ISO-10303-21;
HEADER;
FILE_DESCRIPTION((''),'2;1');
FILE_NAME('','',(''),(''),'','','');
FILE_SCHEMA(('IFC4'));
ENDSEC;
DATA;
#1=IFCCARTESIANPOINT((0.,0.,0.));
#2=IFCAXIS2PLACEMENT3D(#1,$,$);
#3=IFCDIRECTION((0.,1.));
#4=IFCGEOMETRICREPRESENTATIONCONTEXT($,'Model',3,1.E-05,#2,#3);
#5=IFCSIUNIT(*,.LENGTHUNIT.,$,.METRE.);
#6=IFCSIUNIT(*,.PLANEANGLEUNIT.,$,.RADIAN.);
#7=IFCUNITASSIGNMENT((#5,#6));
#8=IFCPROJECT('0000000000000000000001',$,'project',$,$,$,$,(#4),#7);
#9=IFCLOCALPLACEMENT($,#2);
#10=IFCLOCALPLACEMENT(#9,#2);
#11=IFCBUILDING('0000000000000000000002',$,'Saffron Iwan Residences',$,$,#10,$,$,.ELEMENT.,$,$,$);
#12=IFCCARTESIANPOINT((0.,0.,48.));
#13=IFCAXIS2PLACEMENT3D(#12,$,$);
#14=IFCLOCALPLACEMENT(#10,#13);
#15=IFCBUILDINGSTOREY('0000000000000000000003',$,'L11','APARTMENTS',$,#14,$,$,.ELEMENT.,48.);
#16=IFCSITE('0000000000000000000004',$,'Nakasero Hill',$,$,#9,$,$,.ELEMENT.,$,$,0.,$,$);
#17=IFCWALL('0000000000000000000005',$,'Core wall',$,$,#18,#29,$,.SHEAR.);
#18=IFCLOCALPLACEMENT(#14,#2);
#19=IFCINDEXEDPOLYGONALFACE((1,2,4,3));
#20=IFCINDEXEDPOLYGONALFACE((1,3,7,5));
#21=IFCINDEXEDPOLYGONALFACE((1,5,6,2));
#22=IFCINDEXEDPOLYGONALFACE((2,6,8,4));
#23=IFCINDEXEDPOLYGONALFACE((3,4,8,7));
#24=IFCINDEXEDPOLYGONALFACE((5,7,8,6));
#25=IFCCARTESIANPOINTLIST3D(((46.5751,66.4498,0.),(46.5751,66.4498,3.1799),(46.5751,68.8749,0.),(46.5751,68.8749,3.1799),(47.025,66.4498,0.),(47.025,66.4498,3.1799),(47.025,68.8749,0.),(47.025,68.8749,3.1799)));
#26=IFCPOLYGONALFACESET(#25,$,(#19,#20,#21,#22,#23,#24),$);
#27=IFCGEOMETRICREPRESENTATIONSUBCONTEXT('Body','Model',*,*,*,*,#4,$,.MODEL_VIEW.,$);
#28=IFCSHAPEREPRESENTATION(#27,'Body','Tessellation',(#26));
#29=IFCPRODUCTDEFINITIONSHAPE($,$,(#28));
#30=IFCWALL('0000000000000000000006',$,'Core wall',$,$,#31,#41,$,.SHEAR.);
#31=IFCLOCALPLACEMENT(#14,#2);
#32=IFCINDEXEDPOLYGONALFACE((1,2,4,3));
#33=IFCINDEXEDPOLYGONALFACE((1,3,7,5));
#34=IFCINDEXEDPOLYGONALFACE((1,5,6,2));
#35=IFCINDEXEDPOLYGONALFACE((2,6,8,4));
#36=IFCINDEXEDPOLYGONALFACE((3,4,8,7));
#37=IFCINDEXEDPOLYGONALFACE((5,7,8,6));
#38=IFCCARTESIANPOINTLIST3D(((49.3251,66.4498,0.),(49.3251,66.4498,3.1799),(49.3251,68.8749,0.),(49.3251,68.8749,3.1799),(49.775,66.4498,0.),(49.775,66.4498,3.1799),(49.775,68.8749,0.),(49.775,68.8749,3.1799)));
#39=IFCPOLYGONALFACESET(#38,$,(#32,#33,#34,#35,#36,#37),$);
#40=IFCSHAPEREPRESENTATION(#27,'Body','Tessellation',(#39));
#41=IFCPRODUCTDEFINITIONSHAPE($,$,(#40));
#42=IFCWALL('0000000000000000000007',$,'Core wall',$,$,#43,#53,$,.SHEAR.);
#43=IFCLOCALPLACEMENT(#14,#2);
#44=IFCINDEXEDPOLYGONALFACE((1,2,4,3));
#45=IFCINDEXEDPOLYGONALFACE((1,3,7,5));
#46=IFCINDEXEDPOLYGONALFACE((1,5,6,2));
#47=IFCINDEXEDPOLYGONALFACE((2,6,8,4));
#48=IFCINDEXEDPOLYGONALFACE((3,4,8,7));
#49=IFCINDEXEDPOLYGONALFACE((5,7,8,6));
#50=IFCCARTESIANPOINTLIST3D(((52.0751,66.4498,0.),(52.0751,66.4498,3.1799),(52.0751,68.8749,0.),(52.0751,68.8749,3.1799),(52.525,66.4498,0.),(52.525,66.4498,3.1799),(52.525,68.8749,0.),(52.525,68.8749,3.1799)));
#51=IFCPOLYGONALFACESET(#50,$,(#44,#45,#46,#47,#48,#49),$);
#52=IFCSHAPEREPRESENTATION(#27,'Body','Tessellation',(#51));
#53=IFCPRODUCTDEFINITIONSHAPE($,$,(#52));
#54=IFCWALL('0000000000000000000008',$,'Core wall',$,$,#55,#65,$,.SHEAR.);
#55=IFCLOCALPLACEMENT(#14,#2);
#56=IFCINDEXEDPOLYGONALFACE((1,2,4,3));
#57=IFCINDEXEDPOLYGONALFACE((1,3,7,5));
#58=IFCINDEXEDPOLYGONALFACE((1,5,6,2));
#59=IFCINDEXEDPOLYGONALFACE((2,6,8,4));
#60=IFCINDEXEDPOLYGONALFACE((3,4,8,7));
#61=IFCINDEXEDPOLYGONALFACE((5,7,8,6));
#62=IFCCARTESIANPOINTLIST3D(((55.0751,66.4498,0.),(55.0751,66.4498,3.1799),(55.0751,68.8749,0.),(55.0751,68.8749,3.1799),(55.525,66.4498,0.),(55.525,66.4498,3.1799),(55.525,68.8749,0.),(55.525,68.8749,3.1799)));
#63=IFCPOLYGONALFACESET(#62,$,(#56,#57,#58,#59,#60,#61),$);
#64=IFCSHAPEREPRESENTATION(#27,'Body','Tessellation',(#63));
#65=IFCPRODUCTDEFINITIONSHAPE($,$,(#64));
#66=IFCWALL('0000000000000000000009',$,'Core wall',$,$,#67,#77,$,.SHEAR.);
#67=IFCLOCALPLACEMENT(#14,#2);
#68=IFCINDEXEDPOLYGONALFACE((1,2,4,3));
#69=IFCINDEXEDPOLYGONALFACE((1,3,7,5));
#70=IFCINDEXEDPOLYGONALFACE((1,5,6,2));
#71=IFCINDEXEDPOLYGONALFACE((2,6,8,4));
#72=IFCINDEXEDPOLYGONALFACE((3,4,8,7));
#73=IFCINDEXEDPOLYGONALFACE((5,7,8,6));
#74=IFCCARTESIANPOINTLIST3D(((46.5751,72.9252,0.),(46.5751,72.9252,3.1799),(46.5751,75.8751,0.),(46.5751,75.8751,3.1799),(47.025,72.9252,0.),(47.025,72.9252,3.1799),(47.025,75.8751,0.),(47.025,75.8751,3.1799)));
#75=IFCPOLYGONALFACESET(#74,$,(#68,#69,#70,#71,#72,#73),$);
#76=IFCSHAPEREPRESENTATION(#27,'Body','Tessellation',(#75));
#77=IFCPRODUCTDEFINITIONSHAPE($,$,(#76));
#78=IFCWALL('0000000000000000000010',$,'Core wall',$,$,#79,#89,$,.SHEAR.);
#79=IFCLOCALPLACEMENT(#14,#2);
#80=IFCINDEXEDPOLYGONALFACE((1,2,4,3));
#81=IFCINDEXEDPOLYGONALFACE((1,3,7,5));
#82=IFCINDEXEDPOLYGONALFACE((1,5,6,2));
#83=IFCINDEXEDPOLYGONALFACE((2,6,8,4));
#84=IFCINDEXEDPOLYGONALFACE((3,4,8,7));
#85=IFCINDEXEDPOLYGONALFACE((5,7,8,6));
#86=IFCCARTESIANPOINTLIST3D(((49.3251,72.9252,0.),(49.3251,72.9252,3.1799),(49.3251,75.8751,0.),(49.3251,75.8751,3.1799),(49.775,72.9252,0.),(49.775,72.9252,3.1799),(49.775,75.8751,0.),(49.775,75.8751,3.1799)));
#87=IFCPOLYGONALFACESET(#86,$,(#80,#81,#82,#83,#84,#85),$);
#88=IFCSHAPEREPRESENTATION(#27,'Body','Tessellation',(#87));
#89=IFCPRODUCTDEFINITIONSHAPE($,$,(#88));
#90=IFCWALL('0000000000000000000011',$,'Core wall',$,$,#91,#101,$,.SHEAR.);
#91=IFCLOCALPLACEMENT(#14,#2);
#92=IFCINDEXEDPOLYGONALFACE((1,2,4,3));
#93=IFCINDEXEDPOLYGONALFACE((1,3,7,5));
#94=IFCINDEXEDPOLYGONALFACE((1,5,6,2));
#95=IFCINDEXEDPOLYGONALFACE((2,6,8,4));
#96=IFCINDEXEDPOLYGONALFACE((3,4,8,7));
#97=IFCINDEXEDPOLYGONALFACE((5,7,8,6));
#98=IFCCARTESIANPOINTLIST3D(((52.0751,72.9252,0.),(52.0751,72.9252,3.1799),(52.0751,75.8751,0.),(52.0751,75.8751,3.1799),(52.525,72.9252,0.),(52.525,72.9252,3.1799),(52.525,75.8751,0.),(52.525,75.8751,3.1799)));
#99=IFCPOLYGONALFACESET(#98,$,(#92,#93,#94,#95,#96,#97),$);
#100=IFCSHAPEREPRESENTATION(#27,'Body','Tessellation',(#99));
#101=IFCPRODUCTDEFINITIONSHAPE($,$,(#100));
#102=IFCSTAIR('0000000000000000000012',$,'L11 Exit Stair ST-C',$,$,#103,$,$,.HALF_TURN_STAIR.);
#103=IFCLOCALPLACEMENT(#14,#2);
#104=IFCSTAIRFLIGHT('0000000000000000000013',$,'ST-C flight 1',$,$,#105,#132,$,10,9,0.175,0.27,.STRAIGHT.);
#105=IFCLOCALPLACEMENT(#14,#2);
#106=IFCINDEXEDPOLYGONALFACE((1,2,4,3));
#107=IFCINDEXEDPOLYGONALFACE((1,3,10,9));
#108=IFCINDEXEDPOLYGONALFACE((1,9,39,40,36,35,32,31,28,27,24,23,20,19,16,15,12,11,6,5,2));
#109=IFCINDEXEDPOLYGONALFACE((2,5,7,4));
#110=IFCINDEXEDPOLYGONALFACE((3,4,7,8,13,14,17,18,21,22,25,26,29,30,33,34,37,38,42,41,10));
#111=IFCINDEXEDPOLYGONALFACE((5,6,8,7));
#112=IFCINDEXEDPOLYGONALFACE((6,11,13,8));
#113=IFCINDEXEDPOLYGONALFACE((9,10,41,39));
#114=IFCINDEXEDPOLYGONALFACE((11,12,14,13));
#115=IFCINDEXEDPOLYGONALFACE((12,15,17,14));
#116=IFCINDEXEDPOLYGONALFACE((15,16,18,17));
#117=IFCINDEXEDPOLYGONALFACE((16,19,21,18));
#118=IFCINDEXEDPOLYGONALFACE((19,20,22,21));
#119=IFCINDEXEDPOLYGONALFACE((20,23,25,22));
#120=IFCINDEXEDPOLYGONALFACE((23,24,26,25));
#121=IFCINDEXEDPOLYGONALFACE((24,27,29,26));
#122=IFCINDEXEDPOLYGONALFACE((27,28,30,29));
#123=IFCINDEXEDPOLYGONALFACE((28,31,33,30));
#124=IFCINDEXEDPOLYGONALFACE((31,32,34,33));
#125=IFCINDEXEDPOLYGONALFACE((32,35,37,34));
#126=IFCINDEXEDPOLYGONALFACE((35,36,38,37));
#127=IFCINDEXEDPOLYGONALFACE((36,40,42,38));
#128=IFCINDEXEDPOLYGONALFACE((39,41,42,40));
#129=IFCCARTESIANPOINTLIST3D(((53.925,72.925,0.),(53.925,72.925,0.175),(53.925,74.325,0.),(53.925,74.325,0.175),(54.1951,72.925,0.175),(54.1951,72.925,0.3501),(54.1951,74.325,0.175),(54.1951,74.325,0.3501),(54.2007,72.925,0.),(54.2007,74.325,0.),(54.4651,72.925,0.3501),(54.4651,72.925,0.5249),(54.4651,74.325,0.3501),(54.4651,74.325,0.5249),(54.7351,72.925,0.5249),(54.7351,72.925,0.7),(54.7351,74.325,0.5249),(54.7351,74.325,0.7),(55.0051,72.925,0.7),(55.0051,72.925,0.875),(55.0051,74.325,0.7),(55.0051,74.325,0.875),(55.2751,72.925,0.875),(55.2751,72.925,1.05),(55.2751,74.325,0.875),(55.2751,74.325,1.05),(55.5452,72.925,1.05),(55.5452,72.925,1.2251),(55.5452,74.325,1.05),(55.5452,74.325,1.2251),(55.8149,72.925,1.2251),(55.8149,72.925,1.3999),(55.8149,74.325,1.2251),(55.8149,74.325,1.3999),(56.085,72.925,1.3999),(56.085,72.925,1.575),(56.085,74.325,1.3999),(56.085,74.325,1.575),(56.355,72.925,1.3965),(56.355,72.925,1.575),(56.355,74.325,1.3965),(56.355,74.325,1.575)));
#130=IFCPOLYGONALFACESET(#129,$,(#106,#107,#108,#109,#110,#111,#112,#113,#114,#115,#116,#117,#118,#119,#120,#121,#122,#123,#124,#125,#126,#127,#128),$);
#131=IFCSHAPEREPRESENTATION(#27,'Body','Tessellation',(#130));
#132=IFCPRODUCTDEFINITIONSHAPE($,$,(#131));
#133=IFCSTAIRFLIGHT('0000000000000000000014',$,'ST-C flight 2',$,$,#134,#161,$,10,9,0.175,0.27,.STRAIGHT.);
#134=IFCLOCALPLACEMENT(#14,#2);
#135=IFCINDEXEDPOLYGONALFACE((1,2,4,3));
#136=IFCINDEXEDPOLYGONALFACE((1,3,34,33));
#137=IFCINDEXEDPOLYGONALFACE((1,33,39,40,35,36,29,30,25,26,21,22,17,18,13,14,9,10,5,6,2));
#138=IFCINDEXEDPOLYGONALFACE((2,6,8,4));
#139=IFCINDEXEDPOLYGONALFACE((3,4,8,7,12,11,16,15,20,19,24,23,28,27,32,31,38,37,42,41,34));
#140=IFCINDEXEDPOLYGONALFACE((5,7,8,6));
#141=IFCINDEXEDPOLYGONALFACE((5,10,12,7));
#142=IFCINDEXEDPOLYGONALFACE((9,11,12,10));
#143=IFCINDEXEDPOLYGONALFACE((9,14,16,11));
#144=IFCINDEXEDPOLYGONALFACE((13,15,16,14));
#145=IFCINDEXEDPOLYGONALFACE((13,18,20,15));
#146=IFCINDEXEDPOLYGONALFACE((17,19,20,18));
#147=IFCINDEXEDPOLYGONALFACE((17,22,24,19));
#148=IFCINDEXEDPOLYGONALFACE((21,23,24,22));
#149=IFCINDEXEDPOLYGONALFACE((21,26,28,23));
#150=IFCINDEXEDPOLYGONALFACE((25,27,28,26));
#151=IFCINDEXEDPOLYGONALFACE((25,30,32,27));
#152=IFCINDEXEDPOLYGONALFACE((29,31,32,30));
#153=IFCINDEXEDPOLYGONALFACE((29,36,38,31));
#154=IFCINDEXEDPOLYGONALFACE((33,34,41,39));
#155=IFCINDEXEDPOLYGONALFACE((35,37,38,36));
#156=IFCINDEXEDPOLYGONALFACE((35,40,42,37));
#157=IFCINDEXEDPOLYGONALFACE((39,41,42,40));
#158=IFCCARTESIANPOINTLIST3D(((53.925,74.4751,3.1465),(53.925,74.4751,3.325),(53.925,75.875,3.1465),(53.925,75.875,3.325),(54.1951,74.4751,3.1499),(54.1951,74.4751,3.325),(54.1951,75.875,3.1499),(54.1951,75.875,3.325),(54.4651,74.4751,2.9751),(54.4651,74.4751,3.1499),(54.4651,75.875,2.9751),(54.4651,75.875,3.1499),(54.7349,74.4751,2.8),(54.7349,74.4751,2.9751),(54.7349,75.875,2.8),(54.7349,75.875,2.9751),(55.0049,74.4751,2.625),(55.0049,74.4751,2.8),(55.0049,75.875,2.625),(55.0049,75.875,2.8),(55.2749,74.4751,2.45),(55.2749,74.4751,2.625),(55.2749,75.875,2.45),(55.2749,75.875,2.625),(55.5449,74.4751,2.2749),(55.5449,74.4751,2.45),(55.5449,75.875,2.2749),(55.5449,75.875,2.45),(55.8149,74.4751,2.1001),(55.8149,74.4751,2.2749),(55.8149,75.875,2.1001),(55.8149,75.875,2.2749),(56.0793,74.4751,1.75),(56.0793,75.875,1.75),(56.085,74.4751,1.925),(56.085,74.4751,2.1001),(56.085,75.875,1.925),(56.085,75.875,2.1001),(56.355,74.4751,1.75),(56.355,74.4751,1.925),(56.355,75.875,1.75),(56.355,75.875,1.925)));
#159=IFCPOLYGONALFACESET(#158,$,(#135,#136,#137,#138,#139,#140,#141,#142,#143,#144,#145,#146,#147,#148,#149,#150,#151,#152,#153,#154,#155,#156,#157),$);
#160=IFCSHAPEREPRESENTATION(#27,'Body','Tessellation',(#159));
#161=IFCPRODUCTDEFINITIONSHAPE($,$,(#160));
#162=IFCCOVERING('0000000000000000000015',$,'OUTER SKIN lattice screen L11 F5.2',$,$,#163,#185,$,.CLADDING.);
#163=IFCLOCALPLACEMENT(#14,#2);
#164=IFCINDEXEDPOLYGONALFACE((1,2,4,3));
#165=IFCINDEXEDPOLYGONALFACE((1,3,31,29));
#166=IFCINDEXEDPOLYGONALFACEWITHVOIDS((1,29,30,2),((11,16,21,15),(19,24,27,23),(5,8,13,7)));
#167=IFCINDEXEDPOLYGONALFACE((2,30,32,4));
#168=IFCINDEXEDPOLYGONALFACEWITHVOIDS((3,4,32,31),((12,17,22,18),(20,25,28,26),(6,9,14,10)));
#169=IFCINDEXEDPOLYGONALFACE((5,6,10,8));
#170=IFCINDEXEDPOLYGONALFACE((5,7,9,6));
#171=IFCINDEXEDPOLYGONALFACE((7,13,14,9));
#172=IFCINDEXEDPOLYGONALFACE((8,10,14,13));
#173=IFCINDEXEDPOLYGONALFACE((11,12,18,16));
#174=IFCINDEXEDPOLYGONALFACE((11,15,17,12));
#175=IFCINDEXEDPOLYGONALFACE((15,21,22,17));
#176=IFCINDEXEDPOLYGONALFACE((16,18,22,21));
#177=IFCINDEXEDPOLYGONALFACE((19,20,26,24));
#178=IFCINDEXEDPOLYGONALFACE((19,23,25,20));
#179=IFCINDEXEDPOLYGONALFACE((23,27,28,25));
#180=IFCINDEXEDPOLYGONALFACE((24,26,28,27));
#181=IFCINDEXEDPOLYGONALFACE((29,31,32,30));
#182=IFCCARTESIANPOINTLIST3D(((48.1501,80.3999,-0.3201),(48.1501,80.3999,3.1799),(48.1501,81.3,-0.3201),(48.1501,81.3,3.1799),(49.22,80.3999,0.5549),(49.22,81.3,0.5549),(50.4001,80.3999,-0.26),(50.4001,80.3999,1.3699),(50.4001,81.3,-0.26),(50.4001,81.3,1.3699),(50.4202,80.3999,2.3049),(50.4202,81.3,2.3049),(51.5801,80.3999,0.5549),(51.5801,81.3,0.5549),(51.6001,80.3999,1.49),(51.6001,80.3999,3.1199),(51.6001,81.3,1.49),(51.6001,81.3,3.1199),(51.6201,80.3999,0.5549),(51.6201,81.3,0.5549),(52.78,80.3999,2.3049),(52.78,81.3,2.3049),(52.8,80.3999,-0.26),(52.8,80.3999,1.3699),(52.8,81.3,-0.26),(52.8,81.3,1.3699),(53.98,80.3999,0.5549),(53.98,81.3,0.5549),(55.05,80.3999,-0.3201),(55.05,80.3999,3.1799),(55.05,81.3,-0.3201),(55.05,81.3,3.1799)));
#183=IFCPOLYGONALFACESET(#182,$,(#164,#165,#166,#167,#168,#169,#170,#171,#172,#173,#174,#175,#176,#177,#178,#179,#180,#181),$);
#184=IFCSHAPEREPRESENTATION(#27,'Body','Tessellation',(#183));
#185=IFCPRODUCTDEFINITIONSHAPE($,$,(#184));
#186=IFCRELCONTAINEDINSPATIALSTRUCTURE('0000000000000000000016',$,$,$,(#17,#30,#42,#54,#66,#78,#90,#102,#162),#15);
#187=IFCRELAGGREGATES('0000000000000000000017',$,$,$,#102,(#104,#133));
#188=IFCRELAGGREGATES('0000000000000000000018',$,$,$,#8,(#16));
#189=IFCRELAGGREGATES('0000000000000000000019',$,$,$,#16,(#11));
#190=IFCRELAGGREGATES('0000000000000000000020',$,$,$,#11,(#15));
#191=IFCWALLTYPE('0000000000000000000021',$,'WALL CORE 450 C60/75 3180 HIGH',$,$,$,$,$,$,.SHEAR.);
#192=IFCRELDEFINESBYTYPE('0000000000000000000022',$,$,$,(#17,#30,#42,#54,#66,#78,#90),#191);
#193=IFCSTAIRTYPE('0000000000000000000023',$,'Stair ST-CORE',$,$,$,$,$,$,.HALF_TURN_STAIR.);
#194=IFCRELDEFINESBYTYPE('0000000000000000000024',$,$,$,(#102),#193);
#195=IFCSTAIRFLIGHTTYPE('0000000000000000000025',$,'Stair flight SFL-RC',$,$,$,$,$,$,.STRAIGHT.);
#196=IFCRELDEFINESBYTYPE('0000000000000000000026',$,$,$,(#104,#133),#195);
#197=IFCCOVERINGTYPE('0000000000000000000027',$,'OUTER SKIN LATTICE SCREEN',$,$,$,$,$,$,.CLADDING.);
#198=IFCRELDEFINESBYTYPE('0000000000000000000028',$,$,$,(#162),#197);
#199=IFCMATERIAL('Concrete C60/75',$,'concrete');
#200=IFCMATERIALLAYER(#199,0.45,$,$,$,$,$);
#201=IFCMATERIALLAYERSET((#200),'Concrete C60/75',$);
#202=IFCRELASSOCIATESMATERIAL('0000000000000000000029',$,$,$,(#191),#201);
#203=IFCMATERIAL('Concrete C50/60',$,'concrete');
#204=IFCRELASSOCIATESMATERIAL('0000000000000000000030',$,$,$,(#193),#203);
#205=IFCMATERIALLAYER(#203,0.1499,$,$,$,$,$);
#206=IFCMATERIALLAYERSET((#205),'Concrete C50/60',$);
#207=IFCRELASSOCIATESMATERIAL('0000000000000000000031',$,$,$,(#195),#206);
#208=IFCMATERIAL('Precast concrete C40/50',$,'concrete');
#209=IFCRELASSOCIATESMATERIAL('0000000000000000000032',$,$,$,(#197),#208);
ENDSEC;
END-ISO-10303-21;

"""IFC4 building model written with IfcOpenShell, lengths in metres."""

from ifc_helpers import new_model, si_unit, direction, frame, frame_2d, origin, place, context, subcontext, project, spatial, polyline, rectangle, outline, extrude, material, layer, layer_set, type_object, element, aggregate, save


model = new_model("IFC4")

# Units and contexts
model_context = context("Model", 3, precision=1e-05, world=origin(), true_north=direction((0.0, 1.0)))
body_context = subcontext(model_context, "Body", "Model", "MODEL_VIEW")
ifc_project = project(units=[si_unit("LENGTHUNIT", "METRE"), si_unit("PLANEANGLEUNIT", "RADIAN")], contexts=[model_context])

# Site, building, storey
site_placement = place(None, origin())
site = spatial("IfcSite", under=ifc_project, at=site_placement, Name="Nakasero Hill", CompositionType="ELEMENT", RefElevation=0.0)
building_placement = place(site_placement, origin())
building = spatial("IfcBuilding", under=site, at=building_placement, Name="Saffron Iwan Residences", CompositionType="ELEMENT")
storey_placement = place(building_placement, frame((0.0, 0.0, 48.0)))
storey = spatial("IfcBuildingStorey", under=building, at=storey_placement, Name="L11", Description="APARTMENTS", CompositionType="ELEMENT", Elevation=48.0)

# Shared definitions
ifc_material_1 = material(Name="Concrete C60/75", Category="concrete")

# Walls
ifc_layer_1 = layer(ifc_material_1, 0.45)
ifc_layer_set_1 = layer_set([ifc_layer_1], Name="Concrete C60/75")
wall_type_1 = type_object("IfcWallType", Name="WALL CORE 450 C60/75 3180 HIGH", PredefinedType="SHEAR", material=ifc_layer_set_1)
for number, where, z_axis, x_axis, name in (
    (1, (46.8, 66.45, 0.0), (0.0, 0.0, 1.0), (0.0, 1.0, 0.0), "Core wall"),
    (2, (49.55, 66.45, 0.0), (0.0, 0.0, 1.0), (0.0, 1.0, 0.0), "Core wall"),
    (3, (52.3, 66.45, 0.0), (0.0, 0.0, 1.0), (0.0, 1.0, 0.0), "Core wall"),
    (4, (55.3, 66.45, 0.0), (0.0, 0.0, 1.0), (0.0, 1.0, 0.0), "Core wall"),
):
    element("IfcWall", number, at=place(storey_placement, frame(where, z_axis=z_axis, x_axis=x_axis)), inside=storey, type_object=wall_type_1, Name=name, PredefinedType="SHEAR", context=body_context, shape_type="SweptSolid", body=[
        extrude(rectangle(XDim=2.425, YDim=0.45, at=frame_2d((1.2124, 0.0))), origin(), (0.0, 0.0, 1.0), 3.1799),
    ])
for number, where, z_axis, x_axis, name in (
    (5, (46.8, 72.925, 0.0), (0.0, 0.0, 1.0), (0.0, 1.0, 0.0), "Core wall"),
    (6, (49.55, 72.925, 0.0), (0.0, 0.0, 1.0), (0.0, 1.0, 0.0), "Core wall"),
    (7, (52.3, 72.925, 0.0), (0.0, 0.0, 1.0), (0.0, 1.0, 0.0), "Core wall"),
):
    element("IfcWall", number, at=place(storey_placement, frame(where, z_axis=z_axis, x_axis=x_axis)), inside=storey, type_object=wall_type_1, Name=name, PredefinedType="SHEAR", context=body_context, shape_type="SweptSolid", body=[
        extrude(rectangle(XDim=2.95, YDim=0.45, at=frame_2d((1.4751, 0.0))), origin(), (0.0, 0.0, 1.0), 3.1799),
    ])

# Stair, stair flights
ifc_material_2 = material(Name="Concrete C50/60", Category="concrete")
stair_type = type_object("IfcStairType", Name="Stair ST-CORE", PredefinedType="HALF_TURN_STAIR", material=ifc_material_2)
stair_placement = place(storey_placement, origin())
stair = element("IfcStair", 8, at=stair_placement, inside=storey, type_object=stair_type, Name="L11 Exit Stair ST-C", PredefinedType="HALF_TURN_STAIR")
ifc_layer_2 = layer(ifc_material_2, 0.1499)
ifc_layer_set_2 = layer_set([ifc_layer_2], Name="Concrete C50/60")
stair_flight_type = type_object("IfcStairFlightType", Name="Stair flight SFL-RC", PredefinedType="STRAIGHT", material=ifc_layer_set_2)
stair_flight_1_placement = place(storey_placement, frame((53.925, 73.625, 0.0), z_axis=(0.0, 0.0, 1.0), x_axis=(1.0, 0.0, 0.0)))
stair_flight_1 = element("IfcStairFlight", 9, at=stair_flight_1_placement, type_object=stair_flight_type, Name="ST-C flight 1", NumberOfRisers=10, NumberOfTreads=9, PredefinedType="STRAIGHT", RiserHeight=0.175, TreadLength=0.27, context=body_context, shape_type="SweptSolid", body=[
    extrude(outline(polyline([(0.0, 0.0), (0.0, 0.175), (0.27, 0.175), (0.27, 0.3501), (0.54, 0.3501), (0.54, 0.5249), (0.8101, 0.5249), (0.8101, 0.7), (1.0801, 0.7), (1.0801, 0.875), (1.3501, 0.875), (1.3501, 1.05), (1.6201, 1.05), (1.6201, 1.2251), (1.8899, 1.2251), (1.8899, 1.3999), (2.1599, 1.3999), (2.1599, 1.575), (2.4299, 1.575), (2.4299, 1.75), (2.4299, 1.3965), (0.2756, 0.0), (0.0, 0.0)])), frame((0.0, 0.7, 0.0), z_axis=(0.0, -1.0, 0.0), x_axis=(1.0, 0.0, 0.0)), (0.0, 0.0, 1.0), 1.3999),
])
stair_flight_2_placement = place(storey_placement, frame((56.355, 75.175, 1.75), z_axis=(0.0, 0.0, 1.0), x_axis=(-1.0, 0.0, 0.0)))
stair_flight_2 = element("IfcStairFlight", 10, at=stair_flight_2_placement, type_object=stair_flight_type, Name="ST-C flight 2", NumberOfRisers=10, NumberOfTreads=9, PredefinedType="STRAIGHT", RiserHeight=0.175, TreadLength=0.27, context=body_context, shape_type="SweptSolid", body=[
    extrude(outline(polyline([(0.0, 0.0), (0.0, 0.175), (0.27, 0.175), (0.27, 0.3501), (0.54, 0.3501), (0.54, 0.5249), (0.8101, 0.5249), (0.8101, 0.7), (1.0801, 0.7), (1.0801, 0.875), (1.3501, 0.875), (1.3501, 1.05), (1.6201, 1.05), (1.6201, 1.2251), (1.8899, 1.2251), (1.8899, 1.3999), (2.1599, 1.3999), (2.1599, 1.575), (2.4299, 1.575), (2.4299, 1.75), (2.4299, 1.3965), (0.2756, 0.0), (0.0, 0.0)])), frame((0.0, 0.7, 0.0), z_axis=(0.0, -1.0, 0.0), x_axis=(1.0, 0.0, 0.0)), (0.0, 0.0, 1.0), 1.3999),
])
aggregate(stair, [stair_flight_1, stair_flight_2])

# Covering
ifc_material_3 = material(Name="Precast concrete C40/50", Category="concrete")
covering_type_1 = type_object("IfcCoveringType", Name="OUTER SKIN LATTICE SCREEN", PredefinedType="CLADDING", material=ifc_material_3)
covering_placement = place(storey_placement, frame((55.05, 80.3999, -0.3201), z_axis=(0.0, 1.0, 0.0), x_axis=(-1.0, 0.0, 0.0)))
element("IfcCovering", 11, at=covering_placement, inside=storey, type_object=covering_type_1, Name="OUTER SKIN lattice screen L11 F5.2", PredefinedType="CLADDING", context=body_context, shape_type="SweptSolid", body=[
    extrude(outline(polyline([(0.0, 0.0), (6.8999, 0.0), (6.8999, 3.5), (0.0, 3.5), (0.0, 0.0)]), holes=[polyline([(1.0701, 0.875), (2.25, 0.0601), (3.4299, 0.875), (2.25, 1.6899), (1.0701, 0.875)]), polyline([(3.47, 0.875), (4.6499, 0.0601), (5.8301, 0.875), (4.6499, 1.6899), (3.47, 0.875)]), polyline([(2.27, 2.625), (3.45, 1.8101), (4.6299, 2.625), (3.45, 3.4399), (2.27, 2.625)])]), origin(), (0.0, 0.0, 1.0), 0.9001),
])

save(model, "model.ifc")
